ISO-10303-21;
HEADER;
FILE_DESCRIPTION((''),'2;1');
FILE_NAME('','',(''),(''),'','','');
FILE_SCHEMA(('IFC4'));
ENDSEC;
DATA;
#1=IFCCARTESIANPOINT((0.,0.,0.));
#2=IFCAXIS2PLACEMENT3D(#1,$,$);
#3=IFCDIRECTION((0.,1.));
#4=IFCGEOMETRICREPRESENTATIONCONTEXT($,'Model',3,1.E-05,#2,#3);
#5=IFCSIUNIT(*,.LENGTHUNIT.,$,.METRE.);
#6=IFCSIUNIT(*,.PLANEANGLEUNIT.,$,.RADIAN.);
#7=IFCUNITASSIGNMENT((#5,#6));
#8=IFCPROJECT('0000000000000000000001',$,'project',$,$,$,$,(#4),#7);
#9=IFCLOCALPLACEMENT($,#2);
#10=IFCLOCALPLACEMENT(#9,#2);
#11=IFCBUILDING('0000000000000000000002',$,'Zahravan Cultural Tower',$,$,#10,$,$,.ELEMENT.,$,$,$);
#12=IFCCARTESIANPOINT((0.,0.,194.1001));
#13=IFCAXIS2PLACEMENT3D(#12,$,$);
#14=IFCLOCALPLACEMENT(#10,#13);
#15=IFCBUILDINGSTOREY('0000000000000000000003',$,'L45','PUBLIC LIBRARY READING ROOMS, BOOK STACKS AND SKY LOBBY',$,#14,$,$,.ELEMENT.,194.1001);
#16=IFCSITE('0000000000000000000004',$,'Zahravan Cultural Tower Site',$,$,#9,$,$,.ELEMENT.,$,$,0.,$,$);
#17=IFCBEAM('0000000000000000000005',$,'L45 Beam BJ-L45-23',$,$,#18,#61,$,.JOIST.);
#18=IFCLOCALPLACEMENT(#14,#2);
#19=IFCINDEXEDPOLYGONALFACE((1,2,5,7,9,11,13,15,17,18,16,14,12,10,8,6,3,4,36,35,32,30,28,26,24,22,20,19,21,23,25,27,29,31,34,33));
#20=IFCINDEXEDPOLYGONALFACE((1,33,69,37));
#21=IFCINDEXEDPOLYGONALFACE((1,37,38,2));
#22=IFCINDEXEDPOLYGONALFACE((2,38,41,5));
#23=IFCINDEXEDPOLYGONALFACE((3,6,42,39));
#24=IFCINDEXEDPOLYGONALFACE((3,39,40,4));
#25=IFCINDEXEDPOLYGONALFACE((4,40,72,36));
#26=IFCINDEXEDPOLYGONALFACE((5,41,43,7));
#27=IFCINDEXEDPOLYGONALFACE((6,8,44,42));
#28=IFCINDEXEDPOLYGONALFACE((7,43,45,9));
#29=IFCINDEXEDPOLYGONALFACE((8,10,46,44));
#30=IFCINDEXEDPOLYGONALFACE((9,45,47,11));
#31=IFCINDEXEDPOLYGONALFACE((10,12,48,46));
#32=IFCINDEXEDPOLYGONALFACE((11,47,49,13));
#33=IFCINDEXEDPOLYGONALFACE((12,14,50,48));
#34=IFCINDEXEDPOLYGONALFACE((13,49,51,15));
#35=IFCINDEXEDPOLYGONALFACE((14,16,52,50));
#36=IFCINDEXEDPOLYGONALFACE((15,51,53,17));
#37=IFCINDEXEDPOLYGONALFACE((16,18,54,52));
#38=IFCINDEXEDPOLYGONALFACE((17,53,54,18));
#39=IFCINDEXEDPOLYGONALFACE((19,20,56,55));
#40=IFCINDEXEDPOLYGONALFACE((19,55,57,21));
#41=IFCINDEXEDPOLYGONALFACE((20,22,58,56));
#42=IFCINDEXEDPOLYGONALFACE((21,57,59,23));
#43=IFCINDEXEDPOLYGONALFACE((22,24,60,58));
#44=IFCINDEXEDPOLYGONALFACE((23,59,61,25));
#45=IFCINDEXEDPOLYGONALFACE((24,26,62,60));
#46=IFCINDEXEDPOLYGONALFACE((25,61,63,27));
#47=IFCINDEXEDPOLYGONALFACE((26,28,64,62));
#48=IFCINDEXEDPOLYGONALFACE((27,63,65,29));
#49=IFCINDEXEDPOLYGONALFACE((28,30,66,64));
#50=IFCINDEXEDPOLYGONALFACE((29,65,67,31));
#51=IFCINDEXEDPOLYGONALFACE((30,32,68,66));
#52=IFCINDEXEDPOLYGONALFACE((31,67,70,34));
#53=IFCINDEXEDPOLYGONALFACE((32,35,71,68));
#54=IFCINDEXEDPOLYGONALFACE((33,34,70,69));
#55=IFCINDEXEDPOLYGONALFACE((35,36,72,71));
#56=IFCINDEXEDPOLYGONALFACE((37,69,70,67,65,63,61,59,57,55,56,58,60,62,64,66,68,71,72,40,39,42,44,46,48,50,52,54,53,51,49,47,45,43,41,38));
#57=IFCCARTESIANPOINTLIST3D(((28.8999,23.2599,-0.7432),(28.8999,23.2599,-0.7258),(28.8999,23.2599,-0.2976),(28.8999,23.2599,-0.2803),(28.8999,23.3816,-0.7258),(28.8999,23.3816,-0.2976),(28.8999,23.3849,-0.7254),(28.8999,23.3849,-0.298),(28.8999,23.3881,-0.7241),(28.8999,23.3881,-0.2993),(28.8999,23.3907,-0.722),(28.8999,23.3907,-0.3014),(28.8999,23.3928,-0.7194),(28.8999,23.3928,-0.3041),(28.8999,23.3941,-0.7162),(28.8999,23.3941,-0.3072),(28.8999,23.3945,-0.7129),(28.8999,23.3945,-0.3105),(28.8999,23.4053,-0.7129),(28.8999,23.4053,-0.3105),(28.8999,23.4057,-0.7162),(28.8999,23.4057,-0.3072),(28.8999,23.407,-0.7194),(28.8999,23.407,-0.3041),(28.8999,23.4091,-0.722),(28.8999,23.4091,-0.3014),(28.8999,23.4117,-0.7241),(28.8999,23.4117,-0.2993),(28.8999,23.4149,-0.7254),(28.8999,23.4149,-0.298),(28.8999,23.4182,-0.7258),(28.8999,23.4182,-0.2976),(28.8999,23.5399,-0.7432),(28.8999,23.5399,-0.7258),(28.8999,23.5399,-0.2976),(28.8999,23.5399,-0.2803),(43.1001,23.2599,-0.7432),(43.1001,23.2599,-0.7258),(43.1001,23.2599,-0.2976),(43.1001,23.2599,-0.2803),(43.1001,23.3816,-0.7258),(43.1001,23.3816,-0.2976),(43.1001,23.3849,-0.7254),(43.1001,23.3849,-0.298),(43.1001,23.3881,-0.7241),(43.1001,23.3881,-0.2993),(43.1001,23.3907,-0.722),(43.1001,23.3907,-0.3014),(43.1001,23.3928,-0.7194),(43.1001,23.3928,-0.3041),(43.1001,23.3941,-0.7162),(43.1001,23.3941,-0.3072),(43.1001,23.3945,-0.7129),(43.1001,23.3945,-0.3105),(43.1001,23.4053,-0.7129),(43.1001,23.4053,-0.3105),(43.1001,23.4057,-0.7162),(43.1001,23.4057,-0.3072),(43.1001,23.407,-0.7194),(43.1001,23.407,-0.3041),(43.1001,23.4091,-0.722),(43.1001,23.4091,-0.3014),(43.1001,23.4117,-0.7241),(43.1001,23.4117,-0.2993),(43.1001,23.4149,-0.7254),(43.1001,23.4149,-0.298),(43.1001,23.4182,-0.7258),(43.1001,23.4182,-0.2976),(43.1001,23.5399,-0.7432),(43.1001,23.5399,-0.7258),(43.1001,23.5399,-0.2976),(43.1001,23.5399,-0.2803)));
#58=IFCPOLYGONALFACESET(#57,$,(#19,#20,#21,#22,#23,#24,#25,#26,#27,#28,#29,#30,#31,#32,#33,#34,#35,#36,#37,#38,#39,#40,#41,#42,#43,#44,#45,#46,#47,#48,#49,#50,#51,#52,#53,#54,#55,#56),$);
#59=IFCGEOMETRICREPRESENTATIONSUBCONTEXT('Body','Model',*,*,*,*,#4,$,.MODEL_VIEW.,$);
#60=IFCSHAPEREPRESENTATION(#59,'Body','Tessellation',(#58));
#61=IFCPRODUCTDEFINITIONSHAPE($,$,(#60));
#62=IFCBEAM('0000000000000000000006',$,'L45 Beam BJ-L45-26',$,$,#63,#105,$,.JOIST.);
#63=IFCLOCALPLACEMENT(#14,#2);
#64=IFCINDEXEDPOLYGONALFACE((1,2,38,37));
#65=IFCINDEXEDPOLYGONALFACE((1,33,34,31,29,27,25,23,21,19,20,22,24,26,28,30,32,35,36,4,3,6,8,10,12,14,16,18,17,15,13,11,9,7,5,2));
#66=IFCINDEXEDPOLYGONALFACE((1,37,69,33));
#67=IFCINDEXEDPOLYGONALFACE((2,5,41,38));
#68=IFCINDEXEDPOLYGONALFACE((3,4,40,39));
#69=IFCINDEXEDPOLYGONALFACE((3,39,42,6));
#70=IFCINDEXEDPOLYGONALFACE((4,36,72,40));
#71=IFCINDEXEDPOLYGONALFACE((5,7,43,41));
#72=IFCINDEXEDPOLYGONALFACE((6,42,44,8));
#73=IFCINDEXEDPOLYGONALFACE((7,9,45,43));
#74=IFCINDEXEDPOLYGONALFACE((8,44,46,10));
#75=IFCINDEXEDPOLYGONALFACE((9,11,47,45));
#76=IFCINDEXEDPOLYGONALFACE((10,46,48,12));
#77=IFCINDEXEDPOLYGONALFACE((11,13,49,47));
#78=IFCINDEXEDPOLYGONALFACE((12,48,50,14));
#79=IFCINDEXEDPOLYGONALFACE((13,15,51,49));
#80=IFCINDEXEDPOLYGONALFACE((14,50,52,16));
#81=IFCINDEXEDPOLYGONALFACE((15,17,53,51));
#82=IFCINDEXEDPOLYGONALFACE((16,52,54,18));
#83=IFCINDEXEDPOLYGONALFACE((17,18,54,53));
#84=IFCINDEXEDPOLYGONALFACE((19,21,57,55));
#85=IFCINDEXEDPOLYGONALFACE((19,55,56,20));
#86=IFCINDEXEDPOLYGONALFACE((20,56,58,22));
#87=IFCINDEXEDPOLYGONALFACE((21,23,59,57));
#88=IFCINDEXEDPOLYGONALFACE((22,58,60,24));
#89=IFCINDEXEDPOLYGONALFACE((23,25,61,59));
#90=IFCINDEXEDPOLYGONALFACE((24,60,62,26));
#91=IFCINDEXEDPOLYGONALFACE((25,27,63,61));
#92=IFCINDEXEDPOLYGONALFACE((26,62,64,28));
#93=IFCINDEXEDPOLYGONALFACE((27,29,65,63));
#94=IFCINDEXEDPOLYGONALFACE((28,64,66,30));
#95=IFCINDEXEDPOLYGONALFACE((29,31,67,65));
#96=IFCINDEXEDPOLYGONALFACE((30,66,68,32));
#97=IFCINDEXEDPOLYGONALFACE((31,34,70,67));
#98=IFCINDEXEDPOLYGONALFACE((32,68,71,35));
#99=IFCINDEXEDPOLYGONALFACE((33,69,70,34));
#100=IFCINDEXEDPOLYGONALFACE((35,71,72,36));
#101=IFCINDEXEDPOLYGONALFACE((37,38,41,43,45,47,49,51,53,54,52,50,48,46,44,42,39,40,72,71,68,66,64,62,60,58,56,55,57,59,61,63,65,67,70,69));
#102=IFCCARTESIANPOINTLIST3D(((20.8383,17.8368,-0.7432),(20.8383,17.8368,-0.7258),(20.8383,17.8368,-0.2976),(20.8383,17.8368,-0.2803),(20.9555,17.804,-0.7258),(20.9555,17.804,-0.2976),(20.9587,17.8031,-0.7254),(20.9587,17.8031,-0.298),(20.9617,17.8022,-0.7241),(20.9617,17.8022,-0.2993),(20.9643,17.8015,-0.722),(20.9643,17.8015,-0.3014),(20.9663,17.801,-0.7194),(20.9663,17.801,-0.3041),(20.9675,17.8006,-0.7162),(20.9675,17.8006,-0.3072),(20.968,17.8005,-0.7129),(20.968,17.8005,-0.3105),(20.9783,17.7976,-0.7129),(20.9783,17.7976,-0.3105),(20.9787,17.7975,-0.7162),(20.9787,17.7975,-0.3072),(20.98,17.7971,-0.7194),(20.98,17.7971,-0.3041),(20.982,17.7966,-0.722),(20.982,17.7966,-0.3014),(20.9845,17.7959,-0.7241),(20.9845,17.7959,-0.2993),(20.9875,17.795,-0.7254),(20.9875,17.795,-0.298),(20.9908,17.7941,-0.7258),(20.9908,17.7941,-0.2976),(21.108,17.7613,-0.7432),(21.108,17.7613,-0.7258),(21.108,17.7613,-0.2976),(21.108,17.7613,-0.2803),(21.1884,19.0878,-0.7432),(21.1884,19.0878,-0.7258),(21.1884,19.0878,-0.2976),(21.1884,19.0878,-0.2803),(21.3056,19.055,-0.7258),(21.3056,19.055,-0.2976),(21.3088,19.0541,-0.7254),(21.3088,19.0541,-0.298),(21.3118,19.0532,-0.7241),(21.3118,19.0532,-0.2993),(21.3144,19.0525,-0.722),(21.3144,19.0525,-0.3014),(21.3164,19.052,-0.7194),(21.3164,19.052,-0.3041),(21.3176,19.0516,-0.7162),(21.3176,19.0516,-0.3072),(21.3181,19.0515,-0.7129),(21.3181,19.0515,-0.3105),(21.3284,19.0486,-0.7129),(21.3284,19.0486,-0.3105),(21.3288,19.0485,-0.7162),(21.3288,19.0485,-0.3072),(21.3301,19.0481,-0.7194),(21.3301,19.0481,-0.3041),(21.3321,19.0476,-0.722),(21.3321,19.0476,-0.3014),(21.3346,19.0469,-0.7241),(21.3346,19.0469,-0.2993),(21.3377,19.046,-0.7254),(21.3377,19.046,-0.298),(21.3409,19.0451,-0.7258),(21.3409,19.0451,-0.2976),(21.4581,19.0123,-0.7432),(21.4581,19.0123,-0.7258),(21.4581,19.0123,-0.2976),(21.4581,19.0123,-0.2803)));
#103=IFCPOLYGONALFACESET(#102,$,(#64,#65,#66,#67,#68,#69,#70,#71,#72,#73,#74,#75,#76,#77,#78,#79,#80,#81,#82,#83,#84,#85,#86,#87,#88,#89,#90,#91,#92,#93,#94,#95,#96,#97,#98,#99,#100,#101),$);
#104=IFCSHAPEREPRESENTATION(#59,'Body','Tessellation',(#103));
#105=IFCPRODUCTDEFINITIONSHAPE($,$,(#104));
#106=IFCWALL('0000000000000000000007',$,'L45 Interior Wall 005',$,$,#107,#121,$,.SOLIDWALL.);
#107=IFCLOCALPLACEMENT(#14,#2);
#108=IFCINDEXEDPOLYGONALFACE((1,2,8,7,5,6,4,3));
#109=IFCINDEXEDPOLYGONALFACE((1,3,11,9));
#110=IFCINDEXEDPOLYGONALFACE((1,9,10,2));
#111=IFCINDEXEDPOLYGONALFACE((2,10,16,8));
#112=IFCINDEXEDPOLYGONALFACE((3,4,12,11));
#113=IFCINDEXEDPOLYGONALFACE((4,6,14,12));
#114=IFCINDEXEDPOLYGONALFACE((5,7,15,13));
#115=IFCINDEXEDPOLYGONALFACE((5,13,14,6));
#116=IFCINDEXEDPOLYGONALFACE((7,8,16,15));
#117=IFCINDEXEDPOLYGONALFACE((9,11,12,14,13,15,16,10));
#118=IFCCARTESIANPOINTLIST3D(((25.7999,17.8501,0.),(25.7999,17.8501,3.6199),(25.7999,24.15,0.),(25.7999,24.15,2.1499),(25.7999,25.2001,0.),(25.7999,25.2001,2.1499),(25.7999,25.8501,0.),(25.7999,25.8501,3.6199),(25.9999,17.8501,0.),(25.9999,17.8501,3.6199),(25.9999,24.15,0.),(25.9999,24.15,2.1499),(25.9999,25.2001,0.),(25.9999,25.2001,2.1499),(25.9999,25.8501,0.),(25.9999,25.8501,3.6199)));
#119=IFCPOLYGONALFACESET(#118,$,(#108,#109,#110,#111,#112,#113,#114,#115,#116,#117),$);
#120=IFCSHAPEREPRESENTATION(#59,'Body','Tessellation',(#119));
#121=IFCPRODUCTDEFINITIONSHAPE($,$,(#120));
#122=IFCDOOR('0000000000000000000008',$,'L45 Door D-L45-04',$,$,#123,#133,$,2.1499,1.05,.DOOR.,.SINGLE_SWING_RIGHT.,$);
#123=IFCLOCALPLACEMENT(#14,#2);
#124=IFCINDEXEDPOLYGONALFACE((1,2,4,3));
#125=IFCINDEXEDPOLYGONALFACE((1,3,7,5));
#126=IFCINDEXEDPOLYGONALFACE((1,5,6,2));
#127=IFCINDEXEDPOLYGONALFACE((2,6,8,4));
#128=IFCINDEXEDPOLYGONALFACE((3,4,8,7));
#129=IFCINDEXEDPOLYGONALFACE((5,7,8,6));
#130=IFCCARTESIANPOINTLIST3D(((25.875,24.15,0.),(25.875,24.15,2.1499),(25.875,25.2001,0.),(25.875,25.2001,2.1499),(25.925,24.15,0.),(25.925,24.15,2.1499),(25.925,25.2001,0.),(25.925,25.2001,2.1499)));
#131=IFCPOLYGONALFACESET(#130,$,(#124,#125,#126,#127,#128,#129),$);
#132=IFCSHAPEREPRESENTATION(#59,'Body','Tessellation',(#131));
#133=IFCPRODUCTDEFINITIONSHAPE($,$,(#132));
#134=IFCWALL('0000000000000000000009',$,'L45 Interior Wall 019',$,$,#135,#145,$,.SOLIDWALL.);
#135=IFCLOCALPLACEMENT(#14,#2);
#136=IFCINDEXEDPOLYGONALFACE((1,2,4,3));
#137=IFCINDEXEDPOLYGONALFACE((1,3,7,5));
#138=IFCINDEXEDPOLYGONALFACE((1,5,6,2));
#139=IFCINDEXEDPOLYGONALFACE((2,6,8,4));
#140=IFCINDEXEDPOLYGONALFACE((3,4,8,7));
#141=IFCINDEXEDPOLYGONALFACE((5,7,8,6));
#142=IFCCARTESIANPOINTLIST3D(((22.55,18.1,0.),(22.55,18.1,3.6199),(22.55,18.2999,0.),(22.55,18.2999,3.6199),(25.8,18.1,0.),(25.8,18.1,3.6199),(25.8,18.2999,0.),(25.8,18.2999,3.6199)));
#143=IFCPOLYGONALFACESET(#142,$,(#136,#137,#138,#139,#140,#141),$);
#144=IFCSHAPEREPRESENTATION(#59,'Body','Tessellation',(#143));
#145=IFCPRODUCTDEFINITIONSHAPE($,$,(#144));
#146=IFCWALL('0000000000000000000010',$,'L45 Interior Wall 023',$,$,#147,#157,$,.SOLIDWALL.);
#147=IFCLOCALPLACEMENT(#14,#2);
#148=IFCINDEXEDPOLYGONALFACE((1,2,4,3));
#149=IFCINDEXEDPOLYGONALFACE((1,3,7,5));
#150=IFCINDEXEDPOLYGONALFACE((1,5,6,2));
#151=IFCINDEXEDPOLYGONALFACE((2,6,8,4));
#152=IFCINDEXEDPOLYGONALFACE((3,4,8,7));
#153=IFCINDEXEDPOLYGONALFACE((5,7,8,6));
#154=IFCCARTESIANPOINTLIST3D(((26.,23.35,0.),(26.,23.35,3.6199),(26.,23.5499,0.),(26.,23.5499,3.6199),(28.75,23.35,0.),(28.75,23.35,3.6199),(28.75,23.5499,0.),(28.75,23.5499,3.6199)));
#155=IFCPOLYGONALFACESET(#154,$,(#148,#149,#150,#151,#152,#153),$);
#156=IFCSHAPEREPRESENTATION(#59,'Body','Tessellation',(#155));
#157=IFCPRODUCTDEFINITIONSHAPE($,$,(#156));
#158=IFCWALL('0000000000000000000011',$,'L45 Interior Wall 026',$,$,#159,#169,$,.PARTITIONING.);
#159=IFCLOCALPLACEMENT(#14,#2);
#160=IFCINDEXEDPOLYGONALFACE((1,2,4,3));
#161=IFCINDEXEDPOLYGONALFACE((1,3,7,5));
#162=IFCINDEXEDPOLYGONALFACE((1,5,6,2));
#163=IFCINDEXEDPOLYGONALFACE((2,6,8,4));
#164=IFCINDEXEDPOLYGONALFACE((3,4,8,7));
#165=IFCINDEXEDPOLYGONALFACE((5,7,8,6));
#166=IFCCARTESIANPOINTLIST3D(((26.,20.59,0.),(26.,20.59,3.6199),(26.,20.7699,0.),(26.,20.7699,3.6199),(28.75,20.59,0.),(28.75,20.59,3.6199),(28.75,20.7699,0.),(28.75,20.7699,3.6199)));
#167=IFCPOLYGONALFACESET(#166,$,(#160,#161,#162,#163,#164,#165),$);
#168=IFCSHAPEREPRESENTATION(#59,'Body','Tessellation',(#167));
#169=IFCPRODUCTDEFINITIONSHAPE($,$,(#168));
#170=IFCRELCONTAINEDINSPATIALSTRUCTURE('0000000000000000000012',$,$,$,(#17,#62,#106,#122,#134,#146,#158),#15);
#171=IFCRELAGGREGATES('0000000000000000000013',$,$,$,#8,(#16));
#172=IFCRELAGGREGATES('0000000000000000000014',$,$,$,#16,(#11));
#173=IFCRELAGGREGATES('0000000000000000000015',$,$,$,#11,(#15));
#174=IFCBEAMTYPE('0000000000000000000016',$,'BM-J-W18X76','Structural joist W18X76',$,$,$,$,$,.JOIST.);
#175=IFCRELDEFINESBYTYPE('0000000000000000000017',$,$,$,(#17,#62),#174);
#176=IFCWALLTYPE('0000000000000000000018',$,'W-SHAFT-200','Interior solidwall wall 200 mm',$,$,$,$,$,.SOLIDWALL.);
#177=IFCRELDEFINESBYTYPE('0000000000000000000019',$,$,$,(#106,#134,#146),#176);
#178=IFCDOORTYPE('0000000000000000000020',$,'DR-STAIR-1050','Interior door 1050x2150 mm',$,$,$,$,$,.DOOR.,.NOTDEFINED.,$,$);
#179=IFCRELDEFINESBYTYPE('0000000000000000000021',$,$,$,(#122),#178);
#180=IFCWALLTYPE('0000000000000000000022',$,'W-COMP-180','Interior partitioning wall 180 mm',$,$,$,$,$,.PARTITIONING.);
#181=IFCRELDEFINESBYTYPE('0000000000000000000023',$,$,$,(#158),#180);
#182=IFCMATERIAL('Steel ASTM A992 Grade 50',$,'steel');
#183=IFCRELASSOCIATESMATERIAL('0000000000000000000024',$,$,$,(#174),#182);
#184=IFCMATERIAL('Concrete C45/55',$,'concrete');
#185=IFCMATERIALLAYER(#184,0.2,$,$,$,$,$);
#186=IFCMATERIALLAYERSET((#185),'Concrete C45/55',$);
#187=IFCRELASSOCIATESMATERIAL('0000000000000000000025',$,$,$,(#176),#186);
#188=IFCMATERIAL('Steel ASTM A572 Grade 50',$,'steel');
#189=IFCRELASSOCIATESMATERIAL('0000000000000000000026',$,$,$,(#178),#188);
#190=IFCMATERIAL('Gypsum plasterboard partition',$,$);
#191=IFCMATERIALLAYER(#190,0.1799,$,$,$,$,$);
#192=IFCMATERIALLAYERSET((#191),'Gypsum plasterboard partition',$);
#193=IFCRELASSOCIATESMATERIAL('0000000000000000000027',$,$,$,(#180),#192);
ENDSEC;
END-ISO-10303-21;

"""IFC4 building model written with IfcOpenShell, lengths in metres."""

from ifc_helpers import new_model, si_unit, direction, frame, frame_2d, origin, origin_2d, place, context, subcontext, project, spatial, rectangle, i_section, extrude, source, transform, mapped, material, layer, layer_set, material_profile, profile_set, type_object, element, fill, save


model = new_model("IFC4")

# Units and contexts
model_context = context("Model", 3, precision=1e-05, world=origin(), true_north=direction((0.0, 1.0)))
body_context = subcontext(model_context, "Body", "Model", "MODEL_VIEW")
ifc_project = project(units=[si_unit("LENGTHUNIT", "METRE"), si_unit("PLANEANGLEUNIT", "RADIAN")], contexts=[model_context])

# Site, building, storey
site_placement = place(None, origin())
site = spatial("IfcSite", under=ifc_project, at=site_placement, Name="Zahravan Cultural Tower Site", CompositionType="ELEMENT", RefElevation=0.0)
building_placement = place(site_placement, origin())
building = spatial("IfcBuilding", under=site, at=building_placement, Name="Zahravan Cultural Tower", CompositionType="ELEMENT")
storey_placement = place(building_placement, frame((0.0, 0.0, 194.1001)))
storey = spatial("IfcBuildingStorey", under=building, at=storey_placement, Name="L45", Description="PUBLIC LIBRARY READING ROOMS, BOOK STACKS AND SKY LOBBY", CompositionType="ELEMENT", Elevation=194.1001)

# Beams
ifc_material_1 = material(Name="Steel ASTM A992 Grade 50", Category="steel")
ifc_material_profile = material_profile(ifc_material_1, i_section(OverallWidth=0.28, OverallDepth=0.4629, WebThickness=0.0107, FlangeThickness=0.0173, FilletRadius=0.0129, at=origin_2d()), Name="W18X76")
ifc_profile_set = profile_set([ifc_material_profile], Name="Steel ASTM A992 Grade 50")
beam_type = type_object("IfcBeamType", Name="BM-J-W18X76", Description="Structural joist W18X76", PredefinedType="JOIST", material=ifc_profile_set)
shared_shape_1 = source(origin(), body_context, "Body", "SweptSolid", [
    extrude(i_section(OverallWidth=0.28, OverallDepth=0.4629, WebThickness=0.0107, FlangeThickness=0.0173, FilletRadius=0.0129, at=origin_2d()), origin(), (0.0, 0.0, 1.0), 14.2002),
])
beam_1_placement = place(storey_placement, frame((28.8999, 23.3999, -0.5117), z_axis=(1.0, 0.0, 0.0), x_axis=(0.0, 1.0, 0.0)))
element("IfcBeam", 1, at=beam_1_placement, inside=storey, type_object=beam_type, Name="L45 Beam BJ-L45-23", PredefinedType="JOIST", context=body_context, shape_type="MappedRepresentation", body=[
    mapped(shared_shape_1, transform((0.0, 0.0, 0.0), x_axis=(1.0, 0.0, 0.0), y_axis=(0.0, 1.0, 0.0), z_axis=(0.0, 0.0, 1.0), scale=1.0)),
])
shared_shape_2 = source(origin(), body_context, "Body", "SweptSolid", [
    extrude(i_section(OverallWidth=0.28, OverallDepth=0.4629, WebThickness=0.0107, FlangeThickness=0.0173, FilletRadius=0.0129, at=origin_2d()), origin(), (0.0, 0.0, 1.0), 1.2991),
])
beam_2_placement = place(storey_placement, frame((21.3232, 19.05, -0.5117), z_axis=(-0.269504, -0.962999, 0.0), x_axis=(0.962999, -0.269504, 0.0)))
element("IfcBeam", 2, at=beam_2_placement, inside=storey, type_object=beam_type, Name="L45 Beam BJ-L45-26", PredefinedType="JOIST", context=body_context, shape_type="MappedRepresentation", body=[
    mapped(shared_shape_2, transform((0.0, 0.0, 0.0), x_axis=(1.0, 0.0, 0.0), y_axis=(0.0, 1.0, 0.0), z_axis=(0.0, 0.0, 1.0), scale=1.0)),
])

# Wall, opening, door
ifc_material_2 = material(Name="Gypsum plasterboard partition")
ifc_material_3 = material(Name="Concrete C45/55", Category="concrete")
ifc_layer_1 = layer(ifc_material_3, 0.2)
ifc_layer_set_1 = layer_set([ifc_layer_1], Name="Concrete C45/55")
wall_type_1 = type_object("IfcWallType", Name="W-SHAFT-200", Description="Interior solidwall wall 200 mm", PredefinedType="SOLIDWALL", material=ifc_layer_set_1)
wall_1_placement = place(storey_placement, frame((25.8999, 17.8501, 0.0), z_axis=(0.0, 0.0, 1.0), x_axis=(0.0, 1.0, 0.0)))
wall_1 = element("IfcWall", 3, at=wall_1_placement, inside=storey, type_object=wall_type_1, Name="L45 Interior Wall 005", PredefinedType="SOLIDWALL", context=body_context, shape_type="SweptSolid", body=[
    extrude(rectangle(XDim=8.0, YDim=0.2, at=frame_2d((4.0, 0.0))), origin(), (0.0, 0.0, 1.0), 3.6199),
])
opening_1_placement = place(wall_1_placement, frame((6.3, 0.0, 0.0)))
opening_1 = element("IfcOpeningElement", 4, at=opening_1_placement, cuts=wall_1, PredefinedType="OPENING", context=body_context, shape_type="SweptSolid", body=[
    extrude(rectangle(XDim=1.05, YDim=2.1499, at=frame_2d((0.5249, 1.075))), frame((0.0, 0.1099, 0.0), z_axis=(0.0, -1.0, 0.0), x_axis=(1.0, 0.0, 0.0)), (0.0, 0.0, 1.0), 0.22),
])
ifc_material_4 = material(Name="Steel ASTM A572 Grade 50", Category="steel")
door_type_1 = type_object("IfcDoorType", Name="DR-STAIR-1050", Description="Interior door 1050x2150 mm", OperationType="NOTDEFINED", PredefinedType="DOOR", material=ifc_material_4)
shared_shape_3 = source(origin(), body_context, "Body", "SweptSolid", [
    extrude(rectangle(XDim=1.05, YDim=2.1499, at=frame_2d((0.5249, 1.075))), frame((0.0, 0.0249, 0.0), z_axis=(0.0, -1.0, 0.0), x_axis=(1.0, 0.0, 0.0)), (0.0, 0.0, 1.0), 0.05),
])
door_1_placement = place(opening_1_placement, origin())
door_1 = element("IfcDoor", 5, at=door_1_placement, inside=storey, type_object=door_type_1, Name="L45 Door D-L45-04", OperationType="SINGLE_SWING_RIGHT", OverallHeight=2.1499, OverallWidth=1.05, PredefinedType="DOOR", context=body_context, shape_type="MappedRepresentation", body=[
    mapped(shared_shape_3, transform((0.0, 0.0, 0.0), x_axis=(1.0, 0.0, 0.0), y_axis=(0.0, 1.0, 0.0), z_axis=(0.0, 0.0, 1.0), scale=1.0)),
])
fill(opening_1, door_1)

# Walls
shared_shape_4 = source(origin(), body_context, "Body", "SweptSolid", [
    extrude(rectangle(XDim=3.25, YDim=0.2, at=frame_2d((1.625, 0.0))), origin(), (0.0, 0.0, 1.0), 3.6199),
])
wall_2_placement = place(storey_placement, frame((22.55, 18.2, 0.0), z_axis=(0.0, 0.0, 1.0), x_axis=(1.0, 0.0, 0.0)))
element("IfcWall", 6, at=wall_2_placement, inside=storey, type_object=wall_type_1, Name="L45 Interior Wall 019", PredefinedType="SOLIDWALL", context=body_context, shape_type="MappedRepresentation", body=[
    mapped(shared_shape_4, transform((0.0, 0.0, 0.0), x_axis=(1.0, 0.0, 0.0), y_axis=(0.0, 1.0, 0.0), z_axis=(0.0, 0.0, 1.0), scale=1.0)),
])
shared_shape_5 = source(origin(), body_context, "Body", "SweptSolid", [
    extrude(rectangle(XDim=2.75, YDim=0.2, at=frame_2d((1.375, 0.0))), origin(), (0.0, 0.0, 1.0), 3.6199),
])
wall_3_placement = place(storey_placement, frame((26.0, 23.45, 0.0), z_axis=(0.0, 0.0, 1.0), x_axis=(1.0, 0.0, 0.0)))
element("IfcWall", 7, at=wall_3_placement, inside=storey, type_object=wall_type_1, Name="L45 Interior Wall 023", PredefinedType="SOLIDWALL", context=body_context, shape_type="MappedRepresentation", body=[
    mapped(shared_shape_5, transform((0.0, 0.0, 0.0), x_axis=(1.0, 0.0, 0.0), y_axis=(0.0, 1.0, 0.0), z_axis=(0.0, 0.0, 1.0), scale=1.0)),
])
ifc_layer_2 = layer(ifc_material_2, 0.1799)
ifc_layer_set_2 = layer_set([ifc_layer_2], Name="Gypsum plasterboard partition")
wall_type_2 = type_object("IfcWallType", Name="W-COMP-180", Description="Interior partitioning wall 180 mm", PredefinedType="PARTITIONING", material=ifc_layer_set_2)
shared_shape_6 = source(origin(), body_context, "Body", "SweptSolid", [
    extrude(rectangle(XDim=2.75, YDim=0.1799, at=frame_2d((1.375, 0.0))), origin(), (0.0, 0.0, 1.0), 3.6199),
])
wall_4_placement = place(storey_placement, frame((26.0, 20.6799, 0.0), z_axis=(0.0, 0.0, 1.0), x_axis=(1.0, 0.0, 0.0)))
element("IfcWall", 8, at=wall_4_placement, inside=storey, type_object=wall_type_2, Name="L45 Interior Wall 026", PredefinedType="PARTITIONING", context=body_context, shape_type="MappedRepresentation", body=[
    mapped(shared_shape_6, transform((0.0, 0.0, 0.0), x_axis=(1.0, 0.0, 0.0), y_axis=(0.0, 1.0, 0.0), z_axis=(0.0, 0.0, 1.0), scale=1.0)),
])

save(model, "model.ifc")
